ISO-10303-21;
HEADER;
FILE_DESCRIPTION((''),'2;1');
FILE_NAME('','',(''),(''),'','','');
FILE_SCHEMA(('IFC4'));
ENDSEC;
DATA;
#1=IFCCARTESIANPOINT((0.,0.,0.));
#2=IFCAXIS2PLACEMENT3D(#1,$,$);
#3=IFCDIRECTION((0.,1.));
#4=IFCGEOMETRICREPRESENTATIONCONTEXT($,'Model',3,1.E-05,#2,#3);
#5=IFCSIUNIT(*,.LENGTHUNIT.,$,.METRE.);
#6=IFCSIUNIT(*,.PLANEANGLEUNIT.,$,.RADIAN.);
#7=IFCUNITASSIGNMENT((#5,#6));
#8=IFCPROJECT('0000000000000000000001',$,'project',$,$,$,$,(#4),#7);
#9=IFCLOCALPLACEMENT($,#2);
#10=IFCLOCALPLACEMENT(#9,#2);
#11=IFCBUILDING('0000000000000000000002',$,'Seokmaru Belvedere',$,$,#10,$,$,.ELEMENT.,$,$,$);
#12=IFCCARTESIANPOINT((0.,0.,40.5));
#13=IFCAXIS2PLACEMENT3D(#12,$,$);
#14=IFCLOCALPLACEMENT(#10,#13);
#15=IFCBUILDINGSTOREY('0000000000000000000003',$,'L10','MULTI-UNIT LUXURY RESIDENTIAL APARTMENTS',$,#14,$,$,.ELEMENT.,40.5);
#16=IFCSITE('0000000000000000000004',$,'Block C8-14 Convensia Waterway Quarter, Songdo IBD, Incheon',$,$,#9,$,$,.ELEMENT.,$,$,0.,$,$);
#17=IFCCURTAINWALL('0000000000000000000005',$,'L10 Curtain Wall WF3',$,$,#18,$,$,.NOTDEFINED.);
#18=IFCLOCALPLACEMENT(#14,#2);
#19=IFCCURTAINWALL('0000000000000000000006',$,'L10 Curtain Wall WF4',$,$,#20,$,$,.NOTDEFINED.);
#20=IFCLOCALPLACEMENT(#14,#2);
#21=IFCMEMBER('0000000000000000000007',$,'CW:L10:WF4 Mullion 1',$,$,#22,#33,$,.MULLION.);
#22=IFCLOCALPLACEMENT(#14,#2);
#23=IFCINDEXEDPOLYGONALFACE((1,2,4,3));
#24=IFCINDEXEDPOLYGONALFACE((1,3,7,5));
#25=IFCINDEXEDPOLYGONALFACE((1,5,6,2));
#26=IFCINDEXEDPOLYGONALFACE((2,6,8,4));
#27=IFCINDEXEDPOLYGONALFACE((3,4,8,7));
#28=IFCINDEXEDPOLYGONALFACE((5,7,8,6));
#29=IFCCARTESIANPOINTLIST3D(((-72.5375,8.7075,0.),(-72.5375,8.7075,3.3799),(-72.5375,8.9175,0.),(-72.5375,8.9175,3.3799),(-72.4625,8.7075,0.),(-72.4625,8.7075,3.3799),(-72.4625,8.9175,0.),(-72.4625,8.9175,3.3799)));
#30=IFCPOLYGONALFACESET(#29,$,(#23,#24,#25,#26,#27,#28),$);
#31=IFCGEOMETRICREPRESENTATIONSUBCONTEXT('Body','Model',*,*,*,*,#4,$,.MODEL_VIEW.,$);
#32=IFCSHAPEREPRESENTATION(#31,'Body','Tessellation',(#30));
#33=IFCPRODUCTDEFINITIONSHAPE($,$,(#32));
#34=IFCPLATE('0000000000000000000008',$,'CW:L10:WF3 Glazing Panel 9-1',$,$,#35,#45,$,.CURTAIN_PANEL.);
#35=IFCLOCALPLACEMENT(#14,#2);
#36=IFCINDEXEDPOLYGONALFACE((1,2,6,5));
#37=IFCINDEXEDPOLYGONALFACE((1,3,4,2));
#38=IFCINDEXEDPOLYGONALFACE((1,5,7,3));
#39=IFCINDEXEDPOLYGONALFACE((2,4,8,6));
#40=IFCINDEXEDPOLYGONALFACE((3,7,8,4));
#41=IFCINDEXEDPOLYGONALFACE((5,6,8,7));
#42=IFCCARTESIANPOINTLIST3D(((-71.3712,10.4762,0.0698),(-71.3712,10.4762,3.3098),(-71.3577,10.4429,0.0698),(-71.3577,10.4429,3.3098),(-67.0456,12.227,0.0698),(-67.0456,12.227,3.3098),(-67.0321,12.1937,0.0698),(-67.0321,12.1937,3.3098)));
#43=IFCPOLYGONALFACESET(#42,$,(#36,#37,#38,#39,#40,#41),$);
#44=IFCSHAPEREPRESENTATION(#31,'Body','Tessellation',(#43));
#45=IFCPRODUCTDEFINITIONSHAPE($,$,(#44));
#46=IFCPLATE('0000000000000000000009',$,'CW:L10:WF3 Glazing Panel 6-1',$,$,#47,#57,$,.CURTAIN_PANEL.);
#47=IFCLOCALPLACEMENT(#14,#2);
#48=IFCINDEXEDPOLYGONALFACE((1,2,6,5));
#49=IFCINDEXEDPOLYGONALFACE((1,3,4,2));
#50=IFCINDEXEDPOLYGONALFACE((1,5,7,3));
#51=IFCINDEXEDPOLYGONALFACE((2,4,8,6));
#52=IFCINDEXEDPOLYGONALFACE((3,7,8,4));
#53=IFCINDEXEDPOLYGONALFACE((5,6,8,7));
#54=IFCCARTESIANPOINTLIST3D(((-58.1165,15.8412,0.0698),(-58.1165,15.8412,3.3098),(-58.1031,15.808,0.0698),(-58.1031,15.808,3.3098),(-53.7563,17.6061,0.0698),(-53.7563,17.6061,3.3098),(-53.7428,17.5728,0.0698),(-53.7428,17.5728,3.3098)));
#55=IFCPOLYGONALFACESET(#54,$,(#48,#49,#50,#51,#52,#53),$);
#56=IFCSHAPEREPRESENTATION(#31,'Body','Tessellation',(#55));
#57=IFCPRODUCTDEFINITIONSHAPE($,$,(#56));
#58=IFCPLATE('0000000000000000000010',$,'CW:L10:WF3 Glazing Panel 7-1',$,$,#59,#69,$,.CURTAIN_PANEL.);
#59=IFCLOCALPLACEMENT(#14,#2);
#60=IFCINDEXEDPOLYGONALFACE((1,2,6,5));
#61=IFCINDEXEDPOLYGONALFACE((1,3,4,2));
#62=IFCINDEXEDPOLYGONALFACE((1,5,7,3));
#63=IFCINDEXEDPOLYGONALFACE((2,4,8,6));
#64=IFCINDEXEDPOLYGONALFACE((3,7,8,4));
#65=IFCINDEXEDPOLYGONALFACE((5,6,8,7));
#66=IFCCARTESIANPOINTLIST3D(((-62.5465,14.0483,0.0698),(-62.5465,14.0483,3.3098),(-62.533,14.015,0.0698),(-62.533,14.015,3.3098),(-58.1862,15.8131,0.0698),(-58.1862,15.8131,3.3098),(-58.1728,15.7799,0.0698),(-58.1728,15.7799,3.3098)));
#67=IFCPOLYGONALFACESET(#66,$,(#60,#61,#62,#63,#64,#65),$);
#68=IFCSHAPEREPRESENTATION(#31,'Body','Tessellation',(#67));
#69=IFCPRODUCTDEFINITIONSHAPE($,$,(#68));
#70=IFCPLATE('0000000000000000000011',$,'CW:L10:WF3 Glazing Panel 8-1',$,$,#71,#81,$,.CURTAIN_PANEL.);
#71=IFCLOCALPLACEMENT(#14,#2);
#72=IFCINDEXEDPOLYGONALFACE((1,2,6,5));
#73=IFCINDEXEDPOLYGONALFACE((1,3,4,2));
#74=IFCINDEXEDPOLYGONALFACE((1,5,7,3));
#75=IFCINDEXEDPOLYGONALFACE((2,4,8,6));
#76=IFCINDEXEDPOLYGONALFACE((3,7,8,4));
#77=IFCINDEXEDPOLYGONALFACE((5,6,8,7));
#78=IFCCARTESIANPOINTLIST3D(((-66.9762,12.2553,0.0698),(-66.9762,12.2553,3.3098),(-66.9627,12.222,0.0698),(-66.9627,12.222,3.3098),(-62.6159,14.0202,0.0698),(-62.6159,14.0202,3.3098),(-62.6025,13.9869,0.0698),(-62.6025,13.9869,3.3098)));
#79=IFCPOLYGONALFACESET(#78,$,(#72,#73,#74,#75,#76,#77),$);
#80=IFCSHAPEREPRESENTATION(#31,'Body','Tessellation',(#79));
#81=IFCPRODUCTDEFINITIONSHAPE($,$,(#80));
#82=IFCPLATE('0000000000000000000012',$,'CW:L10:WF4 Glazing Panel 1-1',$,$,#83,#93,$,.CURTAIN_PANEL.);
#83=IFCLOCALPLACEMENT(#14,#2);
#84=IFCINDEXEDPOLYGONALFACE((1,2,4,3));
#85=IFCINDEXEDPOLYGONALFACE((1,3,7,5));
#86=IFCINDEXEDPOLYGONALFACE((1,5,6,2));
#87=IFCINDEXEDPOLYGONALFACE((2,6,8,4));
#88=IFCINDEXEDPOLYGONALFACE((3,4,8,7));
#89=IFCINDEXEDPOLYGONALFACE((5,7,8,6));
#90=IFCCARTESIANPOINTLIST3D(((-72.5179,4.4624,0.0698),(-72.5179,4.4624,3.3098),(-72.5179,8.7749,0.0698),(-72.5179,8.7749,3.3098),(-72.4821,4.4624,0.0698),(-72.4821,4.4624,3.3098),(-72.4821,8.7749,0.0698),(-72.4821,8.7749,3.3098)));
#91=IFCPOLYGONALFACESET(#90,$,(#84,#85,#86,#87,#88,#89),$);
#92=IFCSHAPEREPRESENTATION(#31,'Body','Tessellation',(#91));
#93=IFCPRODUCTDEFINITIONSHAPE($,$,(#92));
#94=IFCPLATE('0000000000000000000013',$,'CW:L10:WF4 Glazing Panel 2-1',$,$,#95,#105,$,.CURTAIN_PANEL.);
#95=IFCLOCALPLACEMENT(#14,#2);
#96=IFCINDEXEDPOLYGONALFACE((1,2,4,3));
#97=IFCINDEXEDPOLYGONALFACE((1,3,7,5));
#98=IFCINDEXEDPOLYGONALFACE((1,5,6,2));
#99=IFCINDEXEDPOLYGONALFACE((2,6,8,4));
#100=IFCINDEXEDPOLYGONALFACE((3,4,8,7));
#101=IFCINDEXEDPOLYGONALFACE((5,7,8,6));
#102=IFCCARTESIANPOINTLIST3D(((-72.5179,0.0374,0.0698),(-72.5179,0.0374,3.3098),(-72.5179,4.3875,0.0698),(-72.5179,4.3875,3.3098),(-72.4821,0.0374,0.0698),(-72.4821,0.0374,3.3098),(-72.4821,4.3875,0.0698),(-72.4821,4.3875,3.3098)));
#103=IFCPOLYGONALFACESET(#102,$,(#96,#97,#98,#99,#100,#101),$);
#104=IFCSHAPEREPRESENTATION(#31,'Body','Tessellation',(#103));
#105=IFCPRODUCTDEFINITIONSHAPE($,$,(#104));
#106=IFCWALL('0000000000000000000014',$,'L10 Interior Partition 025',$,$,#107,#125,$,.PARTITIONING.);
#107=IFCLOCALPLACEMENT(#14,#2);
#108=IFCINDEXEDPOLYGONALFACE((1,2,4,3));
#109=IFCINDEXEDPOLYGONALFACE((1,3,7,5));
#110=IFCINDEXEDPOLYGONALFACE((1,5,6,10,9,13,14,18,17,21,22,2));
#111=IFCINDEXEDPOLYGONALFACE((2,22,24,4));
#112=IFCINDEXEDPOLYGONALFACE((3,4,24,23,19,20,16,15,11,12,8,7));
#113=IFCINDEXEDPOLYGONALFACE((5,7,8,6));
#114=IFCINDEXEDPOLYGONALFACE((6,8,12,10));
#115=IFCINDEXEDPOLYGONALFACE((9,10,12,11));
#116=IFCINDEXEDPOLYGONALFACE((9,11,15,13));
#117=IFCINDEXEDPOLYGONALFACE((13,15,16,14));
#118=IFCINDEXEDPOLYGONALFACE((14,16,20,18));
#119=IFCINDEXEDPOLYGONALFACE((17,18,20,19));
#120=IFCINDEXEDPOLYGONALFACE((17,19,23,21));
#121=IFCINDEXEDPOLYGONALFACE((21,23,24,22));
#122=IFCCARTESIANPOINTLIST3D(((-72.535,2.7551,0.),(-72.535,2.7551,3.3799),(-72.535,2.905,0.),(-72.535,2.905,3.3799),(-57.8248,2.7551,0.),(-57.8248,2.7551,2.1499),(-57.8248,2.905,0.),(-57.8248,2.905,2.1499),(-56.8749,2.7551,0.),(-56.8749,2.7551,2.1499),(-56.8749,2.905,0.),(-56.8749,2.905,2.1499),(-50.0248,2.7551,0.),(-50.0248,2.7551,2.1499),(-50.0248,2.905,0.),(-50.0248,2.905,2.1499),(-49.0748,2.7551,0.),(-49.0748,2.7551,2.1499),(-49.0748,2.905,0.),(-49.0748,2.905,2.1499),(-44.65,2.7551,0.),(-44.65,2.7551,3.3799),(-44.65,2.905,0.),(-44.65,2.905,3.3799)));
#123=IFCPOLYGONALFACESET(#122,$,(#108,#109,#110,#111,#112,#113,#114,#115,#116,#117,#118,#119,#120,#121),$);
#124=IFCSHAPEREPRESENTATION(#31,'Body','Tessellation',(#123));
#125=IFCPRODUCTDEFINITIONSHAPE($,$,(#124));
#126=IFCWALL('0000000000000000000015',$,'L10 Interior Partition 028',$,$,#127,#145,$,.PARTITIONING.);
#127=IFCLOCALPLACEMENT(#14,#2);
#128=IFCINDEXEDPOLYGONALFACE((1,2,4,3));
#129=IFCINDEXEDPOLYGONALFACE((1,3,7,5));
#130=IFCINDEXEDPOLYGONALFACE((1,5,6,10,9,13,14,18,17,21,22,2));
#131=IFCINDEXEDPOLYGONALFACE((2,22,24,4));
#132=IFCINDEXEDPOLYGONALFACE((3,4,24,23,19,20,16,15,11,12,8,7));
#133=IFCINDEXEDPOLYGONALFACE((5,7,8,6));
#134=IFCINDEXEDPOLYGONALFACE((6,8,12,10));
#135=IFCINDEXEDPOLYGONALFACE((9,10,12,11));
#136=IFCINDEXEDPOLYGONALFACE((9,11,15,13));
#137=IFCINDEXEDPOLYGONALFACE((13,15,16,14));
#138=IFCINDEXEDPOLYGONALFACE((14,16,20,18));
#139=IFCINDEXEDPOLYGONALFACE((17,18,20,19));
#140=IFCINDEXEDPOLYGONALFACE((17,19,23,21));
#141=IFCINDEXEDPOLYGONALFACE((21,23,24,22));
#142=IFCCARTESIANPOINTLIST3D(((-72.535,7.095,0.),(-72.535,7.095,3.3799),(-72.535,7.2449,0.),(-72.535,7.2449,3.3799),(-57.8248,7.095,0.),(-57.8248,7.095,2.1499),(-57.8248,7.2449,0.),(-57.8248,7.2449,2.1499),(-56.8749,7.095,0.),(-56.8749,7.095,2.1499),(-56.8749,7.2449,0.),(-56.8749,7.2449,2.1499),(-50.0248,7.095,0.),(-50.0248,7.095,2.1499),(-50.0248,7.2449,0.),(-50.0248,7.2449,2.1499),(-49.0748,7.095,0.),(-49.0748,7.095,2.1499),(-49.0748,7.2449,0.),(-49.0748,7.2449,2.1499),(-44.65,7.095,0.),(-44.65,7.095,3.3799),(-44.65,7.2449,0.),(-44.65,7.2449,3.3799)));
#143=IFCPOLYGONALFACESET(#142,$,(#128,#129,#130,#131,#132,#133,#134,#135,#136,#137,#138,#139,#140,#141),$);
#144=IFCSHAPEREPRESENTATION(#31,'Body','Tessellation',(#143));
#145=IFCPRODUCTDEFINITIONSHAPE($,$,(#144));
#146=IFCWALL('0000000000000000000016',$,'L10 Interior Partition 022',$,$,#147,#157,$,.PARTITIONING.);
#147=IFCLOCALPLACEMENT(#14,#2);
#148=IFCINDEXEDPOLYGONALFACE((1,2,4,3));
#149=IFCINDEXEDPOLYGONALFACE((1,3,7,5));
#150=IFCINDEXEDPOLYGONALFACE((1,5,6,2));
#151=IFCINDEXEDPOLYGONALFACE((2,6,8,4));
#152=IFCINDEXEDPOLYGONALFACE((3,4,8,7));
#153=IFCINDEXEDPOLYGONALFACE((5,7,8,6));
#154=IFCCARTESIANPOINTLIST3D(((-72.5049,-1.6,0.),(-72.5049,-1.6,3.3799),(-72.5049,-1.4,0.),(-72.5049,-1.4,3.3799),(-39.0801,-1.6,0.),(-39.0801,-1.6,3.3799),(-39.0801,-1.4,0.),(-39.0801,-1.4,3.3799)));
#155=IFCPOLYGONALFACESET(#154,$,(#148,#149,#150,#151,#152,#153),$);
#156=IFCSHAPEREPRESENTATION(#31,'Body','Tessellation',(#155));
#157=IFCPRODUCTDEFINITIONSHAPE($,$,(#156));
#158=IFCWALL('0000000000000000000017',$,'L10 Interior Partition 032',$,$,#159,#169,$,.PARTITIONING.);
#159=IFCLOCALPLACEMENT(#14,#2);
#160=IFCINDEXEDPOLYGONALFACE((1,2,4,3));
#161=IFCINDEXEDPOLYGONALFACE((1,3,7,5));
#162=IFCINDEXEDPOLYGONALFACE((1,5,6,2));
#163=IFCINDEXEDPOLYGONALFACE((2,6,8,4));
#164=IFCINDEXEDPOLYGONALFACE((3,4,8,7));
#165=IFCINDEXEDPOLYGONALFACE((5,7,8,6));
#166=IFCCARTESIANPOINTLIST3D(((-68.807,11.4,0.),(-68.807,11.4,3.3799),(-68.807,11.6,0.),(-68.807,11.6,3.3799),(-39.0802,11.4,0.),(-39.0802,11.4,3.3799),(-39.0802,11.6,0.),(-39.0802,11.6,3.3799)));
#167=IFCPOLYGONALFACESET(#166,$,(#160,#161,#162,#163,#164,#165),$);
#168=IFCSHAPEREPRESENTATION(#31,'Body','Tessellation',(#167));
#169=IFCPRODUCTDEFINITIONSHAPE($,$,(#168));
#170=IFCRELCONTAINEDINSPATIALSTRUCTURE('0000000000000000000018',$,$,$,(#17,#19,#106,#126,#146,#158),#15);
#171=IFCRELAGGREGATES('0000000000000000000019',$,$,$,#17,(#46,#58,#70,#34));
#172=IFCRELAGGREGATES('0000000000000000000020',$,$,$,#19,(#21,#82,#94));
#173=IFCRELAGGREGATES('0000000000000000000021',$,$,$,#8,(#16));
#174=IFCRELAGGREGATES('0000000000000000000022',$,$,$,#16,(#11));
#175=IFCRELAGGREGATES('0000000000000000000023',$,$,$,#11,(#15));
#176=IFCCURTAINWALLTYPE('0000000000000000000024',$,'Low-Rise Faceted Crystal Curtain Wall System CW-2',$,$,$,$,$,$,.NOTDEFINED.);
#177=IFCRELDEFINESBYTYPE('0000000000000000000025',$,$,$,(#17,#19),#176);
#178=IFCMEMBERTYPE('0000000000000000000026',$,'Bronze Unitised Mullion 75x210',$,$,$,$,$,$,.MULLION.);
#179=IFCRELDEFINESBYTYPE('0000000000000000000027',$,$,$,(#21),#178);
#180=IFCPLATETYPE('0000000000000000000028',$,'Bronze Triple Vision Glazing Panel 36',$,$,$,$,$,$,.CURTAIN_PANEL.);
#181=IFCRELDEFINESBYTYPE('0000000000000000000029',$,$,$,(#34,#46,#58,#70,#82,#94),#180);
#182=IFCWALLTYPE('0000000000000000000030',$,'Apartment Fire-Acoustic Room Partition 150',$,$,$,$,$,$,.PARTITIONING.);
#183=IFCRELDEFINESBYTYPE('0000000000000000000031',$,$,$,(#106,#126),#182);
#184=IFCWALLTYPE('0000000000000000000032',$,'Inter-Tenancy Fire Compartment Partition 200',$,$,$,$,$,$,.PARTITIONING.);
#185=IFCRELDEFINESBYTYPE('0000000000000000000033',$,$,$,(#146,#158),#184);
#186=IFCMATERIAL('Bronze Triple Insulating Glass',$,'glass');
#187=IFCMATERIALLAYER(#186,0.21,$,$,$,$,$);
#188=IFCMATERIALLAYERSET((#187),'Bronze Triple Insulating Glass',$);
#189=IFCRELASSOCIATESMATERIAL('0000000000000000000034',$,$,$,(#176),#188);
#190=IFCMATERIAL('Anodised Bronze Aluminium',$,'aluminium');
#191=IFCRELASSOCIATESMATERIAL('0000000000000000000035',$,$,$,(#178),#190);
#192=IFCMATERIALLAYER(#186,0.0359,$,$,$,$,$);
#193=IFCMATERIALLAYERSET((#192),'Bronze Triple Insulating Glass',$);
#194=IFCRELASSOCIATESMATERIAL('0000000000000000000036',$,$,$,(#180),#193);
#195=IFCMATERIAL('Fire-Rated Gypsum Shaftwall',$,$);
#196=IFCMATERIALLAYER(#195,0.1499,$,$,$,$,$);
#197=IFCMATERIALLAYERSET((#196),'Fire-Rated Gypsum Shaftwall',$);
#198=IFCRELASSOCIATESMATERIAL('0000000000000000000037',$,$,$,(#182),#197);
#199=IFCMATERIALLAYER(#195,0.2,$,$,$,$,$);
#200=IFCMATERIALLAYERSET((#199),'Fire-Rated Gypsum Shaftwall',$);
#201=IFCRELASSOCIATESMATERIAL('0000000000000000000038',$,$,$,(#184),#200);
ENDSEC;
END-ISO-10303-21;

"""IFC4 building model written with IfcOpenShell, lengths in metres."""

from ifc_helpers import new_model, si_unit, direction, frame, frame_2d, origin, origin_2d, place, context, subcontext, project, spatial, rectangle, extrude, source, transform, mapped, material, layer, layer_set, material_profile, profile_set, type_object, type_shapes, element, aggregate, save


model = new_model("IFC4")

# Units and contexts
model_context = context("Model", 3, precision=1e-05, world=origin(), true_north=direction((0.0, 1.0)))
body_context = subcontext(model_context, "Body", "Model", "MODEL_VIEW")
ifc_project = project(units=[si_unit("LENGTHUNIT", "METRE"), si_unit("PLANEANGLEUNIT", "RADIAN")], contexts=[model_context])

# Site, building, storey
site_placement = place(None, origin())
site = spatial("IfcSite", under=ifc_project, at=site_placement, Name="Block C8-14 Convensia Waterway Quarter, Songdo IBD, Incheon", CompositionType="ELEMENT", RefElevation=0.0)
building_placement = place(site_placement, origin())
building = spatial("IfcBuilding", under=site, at=building_placement, Name="Seokmaru Belvedere", CompositionType="ELEMENT")
storey_placement = place(building_placement, frame((0.0, 0.0, 40.5)))
storey = spatial("IfcBuildingStorey", under=building, at=storey_placement, Name="L10", Description="MULTI-UNIT LUXURY RESIDENTIAL APARTMENTS", CompositionType="ELEMENT", Elevation=40.5)

# Curtain walls
ifc_material_1 = material(Name="Bronze Triple Insulating Glass", Category="glass")
ifc_layer_1 = layer(ifc_material_1, 0.21)
ifc_layer_set_1 = layer_set([ifc_layer_1], Name="Bronze Triple Insulating Glass")
curtain_wall_type = type_object("IfcCurtainWallType", Name="Low-Rise Faceted Crystal Curtain Wall System CW-2", PredefinedType="NOTDEFINED", material=ifc_layer_set_1)
curtain_wall_1_placement = place(storey_placement, origin())
curtain_wall_1 = element("IfcCurtainWall", 1, at=curtain_wall_1_placement, inside=storey, type_object=curtain_wall_type, Name="L10 Curtain Wall WF3", PredefinedType="NOTDEFINED")
ifc_material_2 = material(Name="Anodised Bronze Aluminium", Category="aluminium")
ifc_material_profile_1 = material_profile(ifc_material_2, rectangle(XDim=0.075, YDim=0.21, at=origin_2d()), Name="CW-M-75x210")
ifc_profile_set_1 = profile_set([ifc_material_profile_1], Name="Anodised Bronze Aluminium")
member_type_1 = type_object("IfcMemberType", Name="Bronze Unitised Mullion 75x210", PredefinedType="MULLION", material=ifc_profile_set_1)
curtain_wall_2_placement = place(storey_placement, origin())
curtain_wall_2 = element("IfcCurtainWall", 2, at=curtain_wall_2_placement, inside=storey, type_object=curtain_wall_type, Name="L10 Curtain Wall WF4", PredefinedType="NOTDEFINED")

# Member
shared_shape_1 = source(origin(), body_context, "Body", "SweptSolid", [
    extrude(rectangle(XDim=0.075, YDim=0.21, at=origin_2d()), origin(), (0.0, 0.0, 1.0), 3.3799),
])
member_1_placement = place(storey_placement, frame((-72.5, 8.8125, 0.0), z_axis=(0.0, 0.0, 1.0), x_axis=(1.0, 0.0, 0.0)))
member_1 = element("IfcMember", 3, at=member_1_placement, type_object=member_type_1, Name="CW:L10:WF4 Mullion 1", PredefinedType="MULLION", context=body_context, shape_type="MappedRepresentation", body=[
    mapped(shared_shape_1, transform((0.0, 0.0, 0.0), scale=1.0)),
])

# Plates
ifc_layer_2 = layer(ifc_material_1, 0.0359)
ifc_layer_set_2 = layer_set([ifc_layer_2], Name="Bronze Triple Insulating Glass")
plate_type = type_object("IfcPlateType", Name="Bronze Triple Vision Glazing Panel 36", PredefinedType="CURTAIN_PANEL", material=ifc_layer_set_2)
shared_shape_2 = source(origin(), body_context, "Body", "SweptSolid", [
    extrude(rectangle(XDim=4.6665, YDim=0.0359, at=origin_2d()), origin(), (0.0, 0.0, 1.0), 3.24),
])
plate_1_placement = place(storey_placement, frame((-69.2017, 11.335, 0.0698), z_axis=(0.0, 0.0, 1.0), x_axis=(-0.926947, -0.375192, 0.0)))
plate_1 = element("IfcPlate", 4, at=plate_1_placement, type_object=plate_type, Name="CW:L10:WF3 Glazing Panel 9-1", PredefinedType="CURTAIN_PANEL", context=body_context, shape_type="MappedRepresentation", body=[
    mapped(shared_shape_2, transform((0.0, 0.0, 0.0), scale=1.0)),
])
shared_shape_3 = source(origin(), body_context, "Body", "SweptSolid", [
    extrude(rectangle(XDim=4.7039, YDim=0.0359, at=origin_2d()), origin(), (0.0, 0.0, 1.0), 3.24),
])
plate_2_placement = place(storey_placement, frame((-55.9297, 16.707, 0.0698), z_axis=(0.0, 0.0, 1.0), x_axis=(-0.926947, -0.375192, 0.0)))
plate_2 = element("IfcPlate", 5, at=plate_2_placement, type_object=plate_type, Name="CW:L10:WF3 Glazing Panel 6-1", PredefinedType="CURTAIN_PANEL", context=body_context, shape_type="MappedRepresentation", body=[
    mapped(shared_shape_3, transform((0.0, 0.0, 0.0), scale=1.0)),
])
plate_3_placement = place(storey_placement, frame((-60.3596, 14.9141, 0.0698), z_axis=(0.0, 0.0, 1.0), x_axis=(-0.926947, -0.375192, 0.0)))
plate_3 = element("IfcPlate", 6, at=plate_3_placement, type_object=plate_type, Name="CW:L10:WF3 Glazing Panel 7-1", PredefinedType="CURTAIN_PANEL", context=body_context, shape_type="MappedRepresentation", body=[
    mapped(shared_shape_3, transform((0.0, 0.0, 0.0), scale=1.0)),
])
plate_4_placement = place(storey_placement, frame((-64.7893, 13.1211, 0.0698), z_axis=(0.0, 0.0, 1.0), x_axis=(-0.926947, -0.375192, 0.0)))
plate_4 = element("IfcPlate", 7, at=plate_4_placement, type_object=plate_type, Name="CW:L10:WF3 Glazing Panel 8-1", PredefinedType="CURTAIN_PANEL", context=body_context, shape_type="MappedRepresentation", body=[
    mapped(shared_shape_3, transform((0.0, 0.0, 0.0), scale=1.0)),
])
aggregate(curtain_wall_1, [plate_2, plate_3, plate_4, plate_1])
shared_shape_4 = source(origin(), body_context, "Body", "SweptSolid", [
    extrude(rectangle(XDim=4.3125, YDim=0.0359, at=origin_2d()), origin(), (0.0, 0.0, 1.0), 3.24),
])
plate_5_placement = place(storey_placement, frame((-72.5, 6.6187, 0.0698), z_axis=(0.0, 0.0, 1.0), x_axis=(0.0, -1.0, 0.0)))
plate_5 = element("IfcPlate", 8, at=plate_5_placement, type_object=plate_type, Name="CW:L10:WF4 Glazing Panel 1-1", PredefinedType="CURTAIN_PANEL", context=body_context, shape_type="MappedRepresentation", body=[
    mapped(shared_shape_4, transform((0.0, 0.0, 0.0), scale=1.0)),
])
shared_shape_5 = source(origin(), body_context, "Body", "SweptSolid", [
    extrude(rectangle(XDim=4.3501, YDim=0.0359, at=origin_2d()), origin(), (0.0, 0.0, 1.0), 3.24),
])
type_shapes(plate_type, [shared_shape_2, shared_shape_3, shared_shape_4, shared_shape_5])
plate_6_placement = place(storey_placement, frame((-72.5, 2.2124, 0.0698), z_axis=(0.0, 0.0, 1.0), x_axis=(0.0, -1.0, 0.0)))
plate_6 = element("IfcPlate", 9, at=plate_6_placement, type_object=plate_type, Name="CW:L10:WF4 Glazing Panel 2-1", PredefinedType="CURTAIN_PANEL", context=body_context, shape_type="MappedRepresentation", body=[
    mapped(shared_shape_5, transform((0.0, 0.0, 0.0), scale=1.0)),
])
aggregate(curtain_wall_2, [member_1, plate_5, plate_6])

# Walls, openings
ifc_material_3 = material(Name="Fire-Rated Gypsum Shaftwall")
ifc_layer_3 = layer(ifc_material_3, 0.1499)
ifc_layer_set_3 = layer_set([ifc_layer_3], Name="Fire-Rated Gypsum Shaftwall")
wall_type_1 = type_object("IfcWallType", Name="Apartment Fire-Acoustic Room Partition 150", PredefinedType="PARTITIONING", material=ifc_layer_set_3)
wall_1_placement = place(storey_placement, frame((-72.5349, 2.8301, 0.0), z_axis=(0.0, 0.0, 1.0), x_axis=(1.0, 0.0, 0.0)))
wall_1 = element("IfcWall", 10, at=wall_1_placement, inside=storey, type_object=wall_type_1, Name="L10 Interior Partition 025", PredefinedType="PARTITIONING", context=body_context, shape_type="SweptSolid", body=[
    extrude(rectangle(XDim=27.885, YDim=0.1499, at=frame_2d((13.9424, 0.0))), origin(), (0.0, 0.0, 1.0), 3.3799),
])
opening_1_placement = place(wall_1_placement, frame((22.51, 0.0, 0.0)))
element("IfcOpeningElement", 11, at=opening_1_placement, cuts=wall_1, PredefinedType="OPENING", context=body_context, shape_type="SweptSolid", body=[
    extrude(rectangle(XDim=0.95, YDim=2.1499, at=frame_2d((0.4751, 1.075))), frame((0.0, 0.085, 0.0), z_axis=(0.0, -1.0, 0.0), x_axis=(1.0, 0.0, 0.0)), (0.0, 0.0, 1.0), 0.1699),
])
opening_2_placement = place(wall_1_placement, frame((14.71, 0.0, 0.0)))
element("IfcOpeningElement", 12, at=opening_2_placement, cuts=wall_1, PredefinedType="OPENING", context=body_context, shape_type="SweptSolid", body=[
    extrude(rectangle(XDim=0.95, YDim=2.1499, at=frame_2d((0.4751, 1.075))), frame((0.0, 0.085, 0.0), z_axis=(0.0, -1.0, 0.0), x_axis=(1.0, 0.0, 0.0)), (0.0, 0.0, 1.0), 0.1699),
])
wall_2_placement = place(storey_placement, frame((-72.5349, 7.1699, 0.0), z_axis=(0.0, 0.0, 1.0), x_axis=(1.0, 0.0, 0.0)))
wall_2 = element("IfcWall", 13, at=wall_2_placement, inside=storey, type_object=wall_type_1, Name="L10 Interior Partition 028", PredefinedType="PARTITIONING", context=body_context, shape_type="SweptSolid", body=[
    extrude(rectangle(XDim=27.885, YDim=0.1499, at=frame_2d((13.9424, 0.0))), origin(), (0.0, 0.0, 1.0), 3.3799),
])
opening_3_placement = place(wall_2_placement, frame((22.51, 0.0, 0.0)))
element("IfcOpeningElement", 14, at=opening_3_placement, cuts=wall_2, PredefinedType="OPENING", context=body_context, shape_type="SweptSolid", body=[
    extrude(rectangle(XDim=0.95, YDim=2.1499, at=frame_2d((0.4751, 1.075))), frame((0.0, 0.085, 0.0), z_axis=(0.0, -1.0, 0.0), x_axis=(1.0, 0.0, 0.0)), (0.0, 0.0, 1.0), 0.1699),
])
opening_4_placement = place(wall_2_placement, frame((14.71, 0.0, 0.0)))
element("IfcOpeningElement", 15, at=opening_4_placement, cuts=wall_2, PredefinedType="OPENING", context=body_context, shape_type="SweptSolid", body=[
    extrude(rectangle(XDim=0.95, YDim=2.1499, at=frame_2d((0.4751, 1.075))), frame((0.0, 0.085, 0.0), z_axis=(0.0, -1.0, 0.0), x_axis=(1.0, 0.0, 0.0)), (0.0, 0.0, 1.0), 0.1699),
])

# Walls
ifc_layer_4 = layer(ifc_material_3, 0.2)
ifc_layer_set_4 = layer_set([ifc_layer_4], Name="Fire-Rated Gypsum Shaftwall")
wall_type_2 = type_object("IfcWallType", Name="Inter-Tenancy Fire Compartment Partition 200", PredefinedType="PARTITIONING", material=ifc_layer_set_4)
wall_3_placement = place(storey_placement, frame((-72.5049, -1.5, 0.0), z_axis=(0.0, 0.0, 1.0), x_axis=(1.0, 0.0, 0.0)))
element("IfcWall", 16, at=wall_3_placement, inside=storey, type_object=wall_type_2, Name="L10 Interior Partition 022", PredefinedType="PARTITIONING", context=body_context, shape_type="SweptSolid", body=[
    extrude(rectangle(XDim=33.4248, YDim=0.2, at=frame_2d((16.7124, 0.0))), origin(), (0.0, 0.0, 1.0), 3.3799),
])
wall_4_placement = place(storey_placement, frame((-68.8069, 11.5, 0.0), z_axis=(0.0, 0.0, 1.0), x_axis=(1.0, 0.0, 0.0)))
element("IfcWall", 17, at=wall_4_placement, inside=storey, type_object=wall_type_2, Name="L10 Interior Partition 032", PredefinedType="PARTITIONING", context=body_context, shape_type="SweptSolid", body=[
    extrude(rectangle(XDim=29.7268, YDim=0.2, at=frame_2d((14.8633, 0.0))), origin(), (0.0, 0.0, 1.0), 3.3799),
])

save(model, "model.ifc")
